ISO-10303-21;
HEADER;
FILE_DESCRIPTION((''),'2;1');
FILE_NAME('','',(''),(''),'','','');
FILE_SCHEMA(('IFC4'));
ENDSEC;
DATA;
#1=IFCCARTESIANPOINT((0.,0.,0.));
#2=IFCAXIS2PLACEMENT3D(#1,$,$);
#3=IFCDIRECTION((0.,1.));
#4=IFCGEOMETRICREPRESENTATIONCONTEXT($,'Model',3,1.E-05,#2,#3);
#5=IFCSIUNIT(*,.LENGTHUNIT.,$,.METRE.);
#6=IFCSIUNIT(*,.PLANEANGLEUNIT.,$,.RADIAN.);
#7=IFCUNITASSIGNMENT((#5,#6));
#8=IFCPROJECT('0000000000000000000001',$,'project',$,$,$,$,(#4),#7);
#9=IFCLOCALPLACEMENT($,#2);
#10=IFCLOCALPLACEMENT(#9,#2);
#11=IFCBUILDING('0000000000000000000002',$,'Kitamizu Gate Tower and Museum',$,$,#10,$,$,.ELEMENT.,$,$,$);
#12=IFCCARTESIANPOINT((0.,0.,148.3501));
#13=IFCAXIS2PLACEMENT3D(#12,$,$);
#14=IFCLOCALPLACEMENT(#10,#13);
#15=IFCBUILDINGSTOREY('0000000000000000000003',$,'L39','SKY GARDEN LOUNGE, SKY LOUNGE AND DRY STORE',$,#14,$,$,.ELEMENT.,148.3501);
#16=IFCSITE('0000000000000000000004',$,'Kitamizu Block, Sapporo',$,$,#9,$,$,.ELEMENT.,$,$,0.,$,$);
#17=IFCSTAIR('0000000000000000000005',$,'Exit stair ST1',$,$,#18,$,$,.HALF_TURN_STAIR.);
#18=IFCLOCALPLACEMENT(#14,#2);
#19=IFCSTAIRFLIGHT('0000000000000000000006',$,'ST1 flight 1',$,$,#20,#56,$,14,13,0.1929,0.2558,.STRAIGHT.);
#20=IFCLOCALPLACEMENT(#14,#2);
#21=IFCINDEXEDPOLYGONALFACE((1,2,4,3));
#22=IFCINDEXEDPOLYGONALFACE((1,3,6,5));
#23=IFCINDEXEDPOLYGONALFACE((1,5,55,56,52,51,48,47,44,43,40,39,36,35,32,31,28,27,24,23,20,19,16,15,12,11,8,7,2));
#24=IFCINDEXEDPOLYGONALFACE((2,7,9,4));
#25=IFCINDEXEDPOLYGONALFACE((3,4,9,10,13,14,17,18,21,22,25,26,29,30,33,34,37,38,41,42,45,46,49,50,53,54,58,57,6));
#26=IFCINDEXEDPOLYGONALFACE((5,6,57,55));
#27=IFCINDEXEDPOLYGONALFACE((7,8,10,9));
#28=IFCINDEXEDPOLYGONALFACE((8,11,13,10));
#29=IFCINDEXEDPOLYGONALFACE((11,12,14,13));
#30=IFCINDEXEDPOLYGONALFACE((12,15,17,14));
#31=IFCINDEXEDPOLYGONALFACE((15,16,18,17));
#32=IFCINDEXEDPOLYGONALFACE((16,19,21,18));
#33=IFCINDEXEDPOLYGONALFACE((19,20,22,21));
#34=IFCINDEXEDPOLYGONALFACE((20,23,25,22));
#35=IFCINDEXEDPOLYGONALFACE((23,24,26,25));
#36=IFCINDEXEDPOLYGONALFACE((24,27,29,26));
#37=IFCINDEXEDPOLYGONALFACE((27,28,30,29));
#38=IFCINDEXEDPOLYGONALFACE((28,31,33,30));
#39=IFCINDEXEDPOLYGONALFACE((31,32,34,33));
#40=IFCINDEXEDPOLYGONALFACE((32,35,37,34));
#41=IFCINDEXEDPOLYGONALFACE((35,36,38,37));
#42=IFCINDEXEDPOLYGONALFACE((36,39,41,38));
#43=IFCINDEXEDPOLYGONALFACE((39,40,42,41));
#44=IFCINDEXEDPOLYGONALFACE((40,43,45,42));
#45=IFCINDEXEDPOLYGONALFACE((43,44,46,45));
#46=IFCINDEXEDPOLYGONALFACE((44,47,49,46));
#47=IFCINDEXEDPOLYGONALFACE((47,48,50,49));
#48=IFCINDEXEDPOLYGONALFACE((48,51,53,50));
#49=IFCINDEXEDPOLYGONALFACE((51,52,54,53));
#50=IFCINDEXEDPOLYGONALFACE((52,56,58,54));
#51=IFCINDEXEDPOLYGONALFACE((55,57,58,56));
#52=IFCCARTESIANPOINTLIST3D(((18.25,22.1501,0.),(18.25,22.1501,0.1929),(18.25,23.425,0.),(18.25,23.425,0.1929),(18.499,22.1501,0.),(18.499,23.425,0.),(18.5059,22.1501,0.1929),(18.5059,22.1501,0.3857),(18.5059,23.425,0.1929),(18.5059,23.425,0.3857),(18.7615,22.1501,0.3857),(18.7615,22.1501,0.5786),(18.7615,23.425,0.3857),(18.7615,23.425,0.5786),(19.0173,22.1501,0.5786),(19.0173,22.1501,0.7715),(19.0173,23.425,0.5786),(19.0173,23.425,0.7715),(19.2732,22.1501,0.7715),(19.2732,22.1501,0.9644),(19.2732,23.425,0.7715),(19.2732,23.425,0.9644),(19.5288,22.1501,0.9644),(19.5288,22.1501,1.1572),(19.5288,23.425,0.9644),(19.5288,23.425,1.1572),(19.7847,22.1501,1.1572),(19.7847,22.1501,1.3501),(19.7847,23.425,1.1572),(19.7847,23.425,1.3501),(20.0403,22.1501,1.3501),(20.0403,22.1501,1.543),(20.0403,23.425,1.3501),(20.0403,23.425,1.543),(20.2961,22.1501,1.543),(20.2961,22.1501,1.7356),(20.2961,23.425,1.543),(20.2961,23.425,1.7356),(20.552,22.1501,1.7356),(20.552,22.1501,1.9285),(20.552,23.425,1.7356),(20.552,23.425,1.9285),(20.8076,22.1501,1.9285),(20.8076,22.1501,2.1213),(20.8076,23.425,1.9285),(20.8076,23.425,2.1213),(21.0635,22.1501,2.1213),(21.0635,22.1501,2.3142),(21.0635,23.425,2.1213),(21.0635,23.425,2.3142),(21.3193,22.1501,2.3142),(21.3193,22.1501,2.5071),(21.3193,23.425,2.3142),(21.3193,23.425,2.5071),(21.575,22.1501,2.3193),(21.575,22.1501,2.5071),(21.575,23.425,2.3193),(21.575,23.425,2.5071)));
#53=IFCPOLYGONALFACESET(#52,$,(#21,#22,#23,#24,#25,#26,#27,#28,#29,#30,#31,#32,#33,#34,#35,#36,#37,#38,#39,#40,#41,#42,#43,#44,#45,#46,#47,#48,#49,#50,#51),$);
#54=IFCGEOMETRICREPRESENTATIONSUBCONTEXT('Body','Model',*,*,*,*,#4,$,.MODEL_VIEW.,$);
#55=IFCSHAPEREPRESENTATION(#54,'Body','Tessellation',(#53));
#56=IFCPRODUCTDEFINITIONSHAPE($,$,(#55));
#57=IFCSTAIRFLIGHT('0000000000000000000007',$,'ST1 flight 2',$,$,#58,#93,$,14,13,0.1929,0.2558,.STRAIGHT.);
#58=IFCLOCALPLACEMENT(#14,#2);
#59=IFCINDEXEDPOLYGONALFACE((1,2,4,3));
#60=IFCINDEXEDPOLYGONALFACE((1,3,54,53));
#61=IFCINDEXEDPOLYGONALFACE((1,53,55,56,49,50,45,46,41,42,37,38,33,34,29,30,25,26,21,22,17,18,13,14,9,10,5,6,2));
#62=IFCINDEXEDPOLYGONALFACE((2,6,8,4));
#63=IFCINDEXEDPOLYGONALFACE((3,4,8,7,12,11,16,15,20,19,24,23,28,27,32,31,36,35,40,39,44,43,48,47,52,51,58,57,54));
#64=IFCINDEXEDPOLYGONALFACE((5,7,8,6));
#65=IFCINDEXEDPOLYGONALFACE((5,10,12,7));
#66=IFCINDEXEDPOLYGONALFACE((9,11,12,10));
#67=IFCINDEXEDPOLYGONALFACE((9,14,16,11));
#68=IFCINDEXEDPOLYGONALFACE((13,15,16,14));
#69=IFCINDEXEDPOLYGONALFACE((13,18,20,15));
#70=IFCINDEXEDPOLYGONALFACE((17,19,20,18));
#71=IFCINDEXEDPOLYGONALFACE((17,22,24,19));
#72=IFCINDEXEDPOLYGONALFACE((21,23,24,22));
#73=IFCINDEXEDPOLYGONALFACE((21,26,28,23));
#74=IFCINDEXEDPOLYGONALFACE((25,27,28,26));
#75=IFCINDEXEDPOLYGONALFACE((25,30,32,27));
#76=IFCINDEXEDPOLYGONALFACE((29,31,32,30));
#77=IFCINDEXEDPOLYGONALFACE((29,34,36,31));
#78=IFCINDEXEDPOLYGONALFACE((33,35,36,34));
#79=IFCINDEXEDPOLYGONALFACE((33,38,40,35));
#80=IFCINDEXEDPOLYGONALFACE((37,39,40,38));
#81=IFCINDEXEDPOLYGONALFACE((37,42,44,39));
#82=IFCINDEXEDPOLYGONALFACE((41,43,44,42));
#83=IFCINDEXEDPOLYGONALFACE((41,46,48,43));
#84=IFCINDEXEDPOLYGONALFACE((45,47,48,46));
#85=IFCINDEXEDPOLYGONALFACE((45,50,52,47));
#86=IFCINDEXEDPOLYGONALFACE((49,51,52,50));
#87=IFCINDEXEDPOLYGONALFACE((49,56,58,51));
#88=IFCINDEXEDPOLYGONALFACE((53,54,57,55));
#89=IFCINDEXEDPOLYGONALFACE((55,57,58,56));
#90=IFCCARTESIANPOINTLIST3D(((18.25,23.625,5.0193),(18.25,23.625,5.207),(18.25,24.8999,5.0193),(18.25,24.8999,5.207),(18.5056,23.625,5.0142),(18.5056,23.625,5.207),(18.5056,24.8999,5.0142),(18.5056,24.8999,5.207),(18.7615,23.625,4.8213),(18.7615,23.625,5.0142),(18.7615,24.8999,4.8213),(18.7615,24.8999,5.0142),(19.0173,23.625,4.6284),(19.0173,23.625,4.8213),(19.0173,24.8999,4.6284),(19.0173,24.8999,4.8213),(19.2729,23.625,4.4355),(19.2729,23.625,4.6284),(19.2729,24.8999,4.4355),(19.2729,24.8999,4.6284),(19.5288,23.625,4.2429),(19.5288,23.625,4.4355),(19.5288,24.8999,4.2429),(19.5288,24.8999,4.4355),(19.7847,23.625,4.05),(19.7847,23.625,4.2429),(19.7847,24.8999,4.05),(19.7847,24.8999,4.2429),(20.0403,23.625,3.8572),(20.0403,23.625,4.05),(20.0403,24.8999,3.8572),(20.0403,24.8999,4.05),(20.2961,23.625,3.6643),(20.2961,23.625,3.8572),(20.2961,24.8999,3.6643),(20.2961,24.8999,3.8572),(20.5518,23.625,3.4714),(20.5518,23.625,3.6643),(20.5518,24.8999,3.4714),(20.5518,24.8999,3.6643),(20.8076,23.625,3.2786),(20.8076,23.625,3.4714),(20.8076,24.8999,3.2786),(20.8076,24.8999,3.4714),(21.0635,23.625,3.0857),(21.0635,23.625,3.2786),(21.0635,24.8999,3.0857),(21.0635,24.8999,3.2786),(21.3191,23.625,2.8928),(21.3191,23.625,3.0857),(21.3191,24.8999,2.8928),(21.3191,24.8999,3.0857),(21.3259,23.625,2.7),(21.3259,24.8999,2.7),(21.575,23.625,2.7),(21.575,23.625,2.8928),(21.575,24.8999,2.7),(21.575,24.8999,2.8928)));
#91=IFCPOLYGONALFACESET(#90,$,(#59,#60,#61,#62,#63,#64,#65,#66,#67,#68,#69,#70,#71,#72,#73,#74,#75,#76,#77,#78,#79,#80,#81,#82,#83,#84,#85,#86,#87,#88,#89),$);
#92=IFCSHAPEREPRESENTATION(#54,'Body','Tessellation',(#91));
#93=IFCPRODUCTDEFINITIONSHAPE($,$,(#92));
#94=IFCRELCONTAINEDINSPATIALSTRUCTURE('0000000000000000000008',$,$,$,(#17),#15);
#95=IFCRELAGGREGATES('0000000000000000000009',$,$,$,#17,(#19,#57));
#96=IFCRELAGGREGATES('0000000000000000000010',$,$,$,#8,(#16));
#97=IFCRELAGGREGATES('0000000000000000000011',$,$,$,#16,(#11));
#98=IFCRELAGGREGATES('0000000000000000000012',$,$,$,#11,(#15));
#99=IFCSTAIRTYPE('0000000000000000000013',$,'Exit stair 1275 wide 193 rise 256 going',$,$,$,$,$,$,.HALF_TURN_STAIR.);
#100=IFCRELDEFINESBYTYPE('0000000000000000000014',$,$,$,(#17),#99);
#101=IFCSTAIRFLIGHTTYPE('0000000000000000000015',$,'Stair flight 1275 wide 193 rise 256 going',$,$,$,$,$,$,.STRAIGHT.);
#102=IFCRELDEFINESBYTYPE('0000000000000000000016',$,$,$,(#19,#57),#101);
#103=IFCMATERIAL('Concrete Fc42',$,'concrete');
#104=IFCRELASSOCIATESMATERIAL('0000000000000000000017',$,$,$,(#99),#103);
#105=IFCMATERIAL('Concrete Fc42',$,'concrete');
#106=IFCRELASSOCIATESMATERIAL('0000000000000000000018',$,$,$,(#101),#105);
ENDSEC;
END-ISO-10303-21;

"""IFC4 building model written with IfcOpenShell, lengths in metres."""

from ifc_helpers import new_model, si_unit, direction, frame, origin, place, context, subcontext, project, spatial, polyline, outline, extrude, material, type_object, element, aggregate, save


model = new_model("IFC4")

# Units and contexts
model_context = context("Model", 3, precision=1e-05, world=origin(), true_north=direction((0.0, 1.0)))
body_context = subcontext(model_context, "Body", "Model", "MODEL_VIEW")
ifc_project = project(units=[si_unit("LENGTHUNIT", "METRE"), si_unit("PLANEANGLEUNIT", "RADIAN")], contexts=[model_context])

# Site, building, storey
site_placement = place(None, origin())
site = spatial("IfcSite", under=ifc_project, at=site_placement, Name="Kitamizu Block, Sapporo", CompositionType="ELEMENT", RefElevation=0.0)
building_placement = place(site_placement, origin())
building = spatial("IfcBuilding", under=site, at=building_placement, Name="Kitamizu Gate Tower and Museum", CompositionType="ELEMENT")
storey_placement = place(building_placement, frame((0.0, 0.0, 148.3501)))
storey = spatial("IfcBuildingStorey", under=building, at=storey_placement, Name="L39", Description="SKY GARDEN LOUNGE, SKY LOUNGE AND DRY STORE", CompositionType="ELEMENT", Elevation=148.3501)

# Stair, stair flights
ifc_material_1 = material(Name="Concrete Fc42", Category="concrete")
stair_type = type_object("IfcStairType", Name="Exit stair 1275 wide 193 rise 256 going", PredefinedType="HALF_TURN_STAIR", material=ifc_material_1)
stair_placement = place(storey_placement, origin())
stair = element("IfcStair", 1, at=stair_placement, inside=storey, type_object=stair_type, Name="Exit stair ST1", PredefinedType="HALF_TURN_STAIR")
ifc_material_2 = material(Name="Concrete Fc42", Category="concrete")
stair_flight_type = type_object("IfcStairFlightType", Name="Stair flight 1275 wide 193 rise 256 going", PredefinedType="STRAIGHT", material=ifc_material_2)
stair_flight_1_placement = place(storey_placement, frame((18.25, 22.7876, 0.0), z_axis=(0.0, 0.0, 1.0), x_axis=(1.0, 0.0, 0.0)))
stair_flight_1 = element("IfcStairFlight", 2, at=stair_flight_1_placement, type_object=stair_flight_type, Name="ST1 flight 1", NumberOfRisers=14, NumberOfTreads=13, PredefinedType="STRAIGHT", RiserHeight=0.1929, TreadLength=0.2558, context=body_context, shape_type="SweptSolid", body=[
    extrude(outline(polyline([(0.0, 0.0), (0.0, 0.1929), (0.2559, 0.1929), (0.2559, 0.3857), (0.5115, 0.3857), (0.5115, 0.5786), (0.7673, 0.5786), (0.7673, 0.7715), (1.0232, 0.7715), (1.0232, 0.9644), (1.2788, 0.9644), (1.2788, 1.1572), (1.5347, 1.1572), (1.5347, 1.3501), (1.7903, 1.3501), (1.7903, 1.543), (2.0461, 1.543), (2.0461, 1.7356), (2.302, 1.7356), (2.302, 1.9285), (2.5576, 1.9285), (2.5576, 2.1213), (2.8135, 2.1213), (2.8135, 2.3142), (3.0693, 2.3142), (3.0693, 2.5071), (3.325, 2.5071), (3.325, 2.7), (3.325, 2.3193), (0.249, 0.0), (0.0, 0.0)])), frame((0.0, 0.6375, 0.0), z_axis=(0.0, -1.0, 0.0), x_axis=(1.0, 0.0, 0.0)), (0.0, 0.0, 1.0), 1.2749),
])
stair_flight_2_placement = place(storey_placement, frame((21.575, 24.2625, 2.7), z_axis=(0.0, 0.0, 1.0), x_axis=(-1.0, 0.0, 0.0)))
stair_flight_2 = element("IfcStairFlight", 3, at=stair_flight_2_placement, type_object=stair_flight_type, Name="ST1 flight 2", NumberOfRisers=14, NumberOfTreads=13, PredefinedType="STRAIGHT", RiserHeight=0.1929, TreadLength=0.2558, context=body_context, shape_type="SweptSolid", body=[
    extrude(outline(polyline([(0.0, 0.0), (0.0, 0.1929), (0.2559, 0.1929), (0.2559, 0.3857), (0.5115, 0.3857), (0.5115, 0.5786), (0.7673, 0.5786), (0.7673, 0.7715), (1.0232, 0.7715), (1.0232, 0.9644), (1.2788, 0.9644), (1.2788, 1.1572), (1.5347, 1.1572), (1.5347, 1.3501), (1.7903, 1.3501), (1.7903, 1.543), (2.0461, 1.543), (2.0461, 1.7356), (2.302, 1.7356), (2.302, 1.9285), (2.5576, 1.9285), (2.5576, 2.1213), (2.8135, 2.1213), (2.8135, 2.3142), (3.0693, 2.3142), (3.0693, 2.5071), (3.325, 2.5071), (3.325, 2.7), (3.325, 2.3193), (0.249, 0.0), (0.0, 0.0)])), frame((0.0, 0.6375, 0.0), z_axis=(0.0, -1.0, 0.0), x_axis=(1.0, 0.0, 0.0)), (0.0, 0.0, 1.0), 1.2749),
])
aggregate(stair, [stair_flight_1, stair_flight_2])

save(model, "model.ifc")
